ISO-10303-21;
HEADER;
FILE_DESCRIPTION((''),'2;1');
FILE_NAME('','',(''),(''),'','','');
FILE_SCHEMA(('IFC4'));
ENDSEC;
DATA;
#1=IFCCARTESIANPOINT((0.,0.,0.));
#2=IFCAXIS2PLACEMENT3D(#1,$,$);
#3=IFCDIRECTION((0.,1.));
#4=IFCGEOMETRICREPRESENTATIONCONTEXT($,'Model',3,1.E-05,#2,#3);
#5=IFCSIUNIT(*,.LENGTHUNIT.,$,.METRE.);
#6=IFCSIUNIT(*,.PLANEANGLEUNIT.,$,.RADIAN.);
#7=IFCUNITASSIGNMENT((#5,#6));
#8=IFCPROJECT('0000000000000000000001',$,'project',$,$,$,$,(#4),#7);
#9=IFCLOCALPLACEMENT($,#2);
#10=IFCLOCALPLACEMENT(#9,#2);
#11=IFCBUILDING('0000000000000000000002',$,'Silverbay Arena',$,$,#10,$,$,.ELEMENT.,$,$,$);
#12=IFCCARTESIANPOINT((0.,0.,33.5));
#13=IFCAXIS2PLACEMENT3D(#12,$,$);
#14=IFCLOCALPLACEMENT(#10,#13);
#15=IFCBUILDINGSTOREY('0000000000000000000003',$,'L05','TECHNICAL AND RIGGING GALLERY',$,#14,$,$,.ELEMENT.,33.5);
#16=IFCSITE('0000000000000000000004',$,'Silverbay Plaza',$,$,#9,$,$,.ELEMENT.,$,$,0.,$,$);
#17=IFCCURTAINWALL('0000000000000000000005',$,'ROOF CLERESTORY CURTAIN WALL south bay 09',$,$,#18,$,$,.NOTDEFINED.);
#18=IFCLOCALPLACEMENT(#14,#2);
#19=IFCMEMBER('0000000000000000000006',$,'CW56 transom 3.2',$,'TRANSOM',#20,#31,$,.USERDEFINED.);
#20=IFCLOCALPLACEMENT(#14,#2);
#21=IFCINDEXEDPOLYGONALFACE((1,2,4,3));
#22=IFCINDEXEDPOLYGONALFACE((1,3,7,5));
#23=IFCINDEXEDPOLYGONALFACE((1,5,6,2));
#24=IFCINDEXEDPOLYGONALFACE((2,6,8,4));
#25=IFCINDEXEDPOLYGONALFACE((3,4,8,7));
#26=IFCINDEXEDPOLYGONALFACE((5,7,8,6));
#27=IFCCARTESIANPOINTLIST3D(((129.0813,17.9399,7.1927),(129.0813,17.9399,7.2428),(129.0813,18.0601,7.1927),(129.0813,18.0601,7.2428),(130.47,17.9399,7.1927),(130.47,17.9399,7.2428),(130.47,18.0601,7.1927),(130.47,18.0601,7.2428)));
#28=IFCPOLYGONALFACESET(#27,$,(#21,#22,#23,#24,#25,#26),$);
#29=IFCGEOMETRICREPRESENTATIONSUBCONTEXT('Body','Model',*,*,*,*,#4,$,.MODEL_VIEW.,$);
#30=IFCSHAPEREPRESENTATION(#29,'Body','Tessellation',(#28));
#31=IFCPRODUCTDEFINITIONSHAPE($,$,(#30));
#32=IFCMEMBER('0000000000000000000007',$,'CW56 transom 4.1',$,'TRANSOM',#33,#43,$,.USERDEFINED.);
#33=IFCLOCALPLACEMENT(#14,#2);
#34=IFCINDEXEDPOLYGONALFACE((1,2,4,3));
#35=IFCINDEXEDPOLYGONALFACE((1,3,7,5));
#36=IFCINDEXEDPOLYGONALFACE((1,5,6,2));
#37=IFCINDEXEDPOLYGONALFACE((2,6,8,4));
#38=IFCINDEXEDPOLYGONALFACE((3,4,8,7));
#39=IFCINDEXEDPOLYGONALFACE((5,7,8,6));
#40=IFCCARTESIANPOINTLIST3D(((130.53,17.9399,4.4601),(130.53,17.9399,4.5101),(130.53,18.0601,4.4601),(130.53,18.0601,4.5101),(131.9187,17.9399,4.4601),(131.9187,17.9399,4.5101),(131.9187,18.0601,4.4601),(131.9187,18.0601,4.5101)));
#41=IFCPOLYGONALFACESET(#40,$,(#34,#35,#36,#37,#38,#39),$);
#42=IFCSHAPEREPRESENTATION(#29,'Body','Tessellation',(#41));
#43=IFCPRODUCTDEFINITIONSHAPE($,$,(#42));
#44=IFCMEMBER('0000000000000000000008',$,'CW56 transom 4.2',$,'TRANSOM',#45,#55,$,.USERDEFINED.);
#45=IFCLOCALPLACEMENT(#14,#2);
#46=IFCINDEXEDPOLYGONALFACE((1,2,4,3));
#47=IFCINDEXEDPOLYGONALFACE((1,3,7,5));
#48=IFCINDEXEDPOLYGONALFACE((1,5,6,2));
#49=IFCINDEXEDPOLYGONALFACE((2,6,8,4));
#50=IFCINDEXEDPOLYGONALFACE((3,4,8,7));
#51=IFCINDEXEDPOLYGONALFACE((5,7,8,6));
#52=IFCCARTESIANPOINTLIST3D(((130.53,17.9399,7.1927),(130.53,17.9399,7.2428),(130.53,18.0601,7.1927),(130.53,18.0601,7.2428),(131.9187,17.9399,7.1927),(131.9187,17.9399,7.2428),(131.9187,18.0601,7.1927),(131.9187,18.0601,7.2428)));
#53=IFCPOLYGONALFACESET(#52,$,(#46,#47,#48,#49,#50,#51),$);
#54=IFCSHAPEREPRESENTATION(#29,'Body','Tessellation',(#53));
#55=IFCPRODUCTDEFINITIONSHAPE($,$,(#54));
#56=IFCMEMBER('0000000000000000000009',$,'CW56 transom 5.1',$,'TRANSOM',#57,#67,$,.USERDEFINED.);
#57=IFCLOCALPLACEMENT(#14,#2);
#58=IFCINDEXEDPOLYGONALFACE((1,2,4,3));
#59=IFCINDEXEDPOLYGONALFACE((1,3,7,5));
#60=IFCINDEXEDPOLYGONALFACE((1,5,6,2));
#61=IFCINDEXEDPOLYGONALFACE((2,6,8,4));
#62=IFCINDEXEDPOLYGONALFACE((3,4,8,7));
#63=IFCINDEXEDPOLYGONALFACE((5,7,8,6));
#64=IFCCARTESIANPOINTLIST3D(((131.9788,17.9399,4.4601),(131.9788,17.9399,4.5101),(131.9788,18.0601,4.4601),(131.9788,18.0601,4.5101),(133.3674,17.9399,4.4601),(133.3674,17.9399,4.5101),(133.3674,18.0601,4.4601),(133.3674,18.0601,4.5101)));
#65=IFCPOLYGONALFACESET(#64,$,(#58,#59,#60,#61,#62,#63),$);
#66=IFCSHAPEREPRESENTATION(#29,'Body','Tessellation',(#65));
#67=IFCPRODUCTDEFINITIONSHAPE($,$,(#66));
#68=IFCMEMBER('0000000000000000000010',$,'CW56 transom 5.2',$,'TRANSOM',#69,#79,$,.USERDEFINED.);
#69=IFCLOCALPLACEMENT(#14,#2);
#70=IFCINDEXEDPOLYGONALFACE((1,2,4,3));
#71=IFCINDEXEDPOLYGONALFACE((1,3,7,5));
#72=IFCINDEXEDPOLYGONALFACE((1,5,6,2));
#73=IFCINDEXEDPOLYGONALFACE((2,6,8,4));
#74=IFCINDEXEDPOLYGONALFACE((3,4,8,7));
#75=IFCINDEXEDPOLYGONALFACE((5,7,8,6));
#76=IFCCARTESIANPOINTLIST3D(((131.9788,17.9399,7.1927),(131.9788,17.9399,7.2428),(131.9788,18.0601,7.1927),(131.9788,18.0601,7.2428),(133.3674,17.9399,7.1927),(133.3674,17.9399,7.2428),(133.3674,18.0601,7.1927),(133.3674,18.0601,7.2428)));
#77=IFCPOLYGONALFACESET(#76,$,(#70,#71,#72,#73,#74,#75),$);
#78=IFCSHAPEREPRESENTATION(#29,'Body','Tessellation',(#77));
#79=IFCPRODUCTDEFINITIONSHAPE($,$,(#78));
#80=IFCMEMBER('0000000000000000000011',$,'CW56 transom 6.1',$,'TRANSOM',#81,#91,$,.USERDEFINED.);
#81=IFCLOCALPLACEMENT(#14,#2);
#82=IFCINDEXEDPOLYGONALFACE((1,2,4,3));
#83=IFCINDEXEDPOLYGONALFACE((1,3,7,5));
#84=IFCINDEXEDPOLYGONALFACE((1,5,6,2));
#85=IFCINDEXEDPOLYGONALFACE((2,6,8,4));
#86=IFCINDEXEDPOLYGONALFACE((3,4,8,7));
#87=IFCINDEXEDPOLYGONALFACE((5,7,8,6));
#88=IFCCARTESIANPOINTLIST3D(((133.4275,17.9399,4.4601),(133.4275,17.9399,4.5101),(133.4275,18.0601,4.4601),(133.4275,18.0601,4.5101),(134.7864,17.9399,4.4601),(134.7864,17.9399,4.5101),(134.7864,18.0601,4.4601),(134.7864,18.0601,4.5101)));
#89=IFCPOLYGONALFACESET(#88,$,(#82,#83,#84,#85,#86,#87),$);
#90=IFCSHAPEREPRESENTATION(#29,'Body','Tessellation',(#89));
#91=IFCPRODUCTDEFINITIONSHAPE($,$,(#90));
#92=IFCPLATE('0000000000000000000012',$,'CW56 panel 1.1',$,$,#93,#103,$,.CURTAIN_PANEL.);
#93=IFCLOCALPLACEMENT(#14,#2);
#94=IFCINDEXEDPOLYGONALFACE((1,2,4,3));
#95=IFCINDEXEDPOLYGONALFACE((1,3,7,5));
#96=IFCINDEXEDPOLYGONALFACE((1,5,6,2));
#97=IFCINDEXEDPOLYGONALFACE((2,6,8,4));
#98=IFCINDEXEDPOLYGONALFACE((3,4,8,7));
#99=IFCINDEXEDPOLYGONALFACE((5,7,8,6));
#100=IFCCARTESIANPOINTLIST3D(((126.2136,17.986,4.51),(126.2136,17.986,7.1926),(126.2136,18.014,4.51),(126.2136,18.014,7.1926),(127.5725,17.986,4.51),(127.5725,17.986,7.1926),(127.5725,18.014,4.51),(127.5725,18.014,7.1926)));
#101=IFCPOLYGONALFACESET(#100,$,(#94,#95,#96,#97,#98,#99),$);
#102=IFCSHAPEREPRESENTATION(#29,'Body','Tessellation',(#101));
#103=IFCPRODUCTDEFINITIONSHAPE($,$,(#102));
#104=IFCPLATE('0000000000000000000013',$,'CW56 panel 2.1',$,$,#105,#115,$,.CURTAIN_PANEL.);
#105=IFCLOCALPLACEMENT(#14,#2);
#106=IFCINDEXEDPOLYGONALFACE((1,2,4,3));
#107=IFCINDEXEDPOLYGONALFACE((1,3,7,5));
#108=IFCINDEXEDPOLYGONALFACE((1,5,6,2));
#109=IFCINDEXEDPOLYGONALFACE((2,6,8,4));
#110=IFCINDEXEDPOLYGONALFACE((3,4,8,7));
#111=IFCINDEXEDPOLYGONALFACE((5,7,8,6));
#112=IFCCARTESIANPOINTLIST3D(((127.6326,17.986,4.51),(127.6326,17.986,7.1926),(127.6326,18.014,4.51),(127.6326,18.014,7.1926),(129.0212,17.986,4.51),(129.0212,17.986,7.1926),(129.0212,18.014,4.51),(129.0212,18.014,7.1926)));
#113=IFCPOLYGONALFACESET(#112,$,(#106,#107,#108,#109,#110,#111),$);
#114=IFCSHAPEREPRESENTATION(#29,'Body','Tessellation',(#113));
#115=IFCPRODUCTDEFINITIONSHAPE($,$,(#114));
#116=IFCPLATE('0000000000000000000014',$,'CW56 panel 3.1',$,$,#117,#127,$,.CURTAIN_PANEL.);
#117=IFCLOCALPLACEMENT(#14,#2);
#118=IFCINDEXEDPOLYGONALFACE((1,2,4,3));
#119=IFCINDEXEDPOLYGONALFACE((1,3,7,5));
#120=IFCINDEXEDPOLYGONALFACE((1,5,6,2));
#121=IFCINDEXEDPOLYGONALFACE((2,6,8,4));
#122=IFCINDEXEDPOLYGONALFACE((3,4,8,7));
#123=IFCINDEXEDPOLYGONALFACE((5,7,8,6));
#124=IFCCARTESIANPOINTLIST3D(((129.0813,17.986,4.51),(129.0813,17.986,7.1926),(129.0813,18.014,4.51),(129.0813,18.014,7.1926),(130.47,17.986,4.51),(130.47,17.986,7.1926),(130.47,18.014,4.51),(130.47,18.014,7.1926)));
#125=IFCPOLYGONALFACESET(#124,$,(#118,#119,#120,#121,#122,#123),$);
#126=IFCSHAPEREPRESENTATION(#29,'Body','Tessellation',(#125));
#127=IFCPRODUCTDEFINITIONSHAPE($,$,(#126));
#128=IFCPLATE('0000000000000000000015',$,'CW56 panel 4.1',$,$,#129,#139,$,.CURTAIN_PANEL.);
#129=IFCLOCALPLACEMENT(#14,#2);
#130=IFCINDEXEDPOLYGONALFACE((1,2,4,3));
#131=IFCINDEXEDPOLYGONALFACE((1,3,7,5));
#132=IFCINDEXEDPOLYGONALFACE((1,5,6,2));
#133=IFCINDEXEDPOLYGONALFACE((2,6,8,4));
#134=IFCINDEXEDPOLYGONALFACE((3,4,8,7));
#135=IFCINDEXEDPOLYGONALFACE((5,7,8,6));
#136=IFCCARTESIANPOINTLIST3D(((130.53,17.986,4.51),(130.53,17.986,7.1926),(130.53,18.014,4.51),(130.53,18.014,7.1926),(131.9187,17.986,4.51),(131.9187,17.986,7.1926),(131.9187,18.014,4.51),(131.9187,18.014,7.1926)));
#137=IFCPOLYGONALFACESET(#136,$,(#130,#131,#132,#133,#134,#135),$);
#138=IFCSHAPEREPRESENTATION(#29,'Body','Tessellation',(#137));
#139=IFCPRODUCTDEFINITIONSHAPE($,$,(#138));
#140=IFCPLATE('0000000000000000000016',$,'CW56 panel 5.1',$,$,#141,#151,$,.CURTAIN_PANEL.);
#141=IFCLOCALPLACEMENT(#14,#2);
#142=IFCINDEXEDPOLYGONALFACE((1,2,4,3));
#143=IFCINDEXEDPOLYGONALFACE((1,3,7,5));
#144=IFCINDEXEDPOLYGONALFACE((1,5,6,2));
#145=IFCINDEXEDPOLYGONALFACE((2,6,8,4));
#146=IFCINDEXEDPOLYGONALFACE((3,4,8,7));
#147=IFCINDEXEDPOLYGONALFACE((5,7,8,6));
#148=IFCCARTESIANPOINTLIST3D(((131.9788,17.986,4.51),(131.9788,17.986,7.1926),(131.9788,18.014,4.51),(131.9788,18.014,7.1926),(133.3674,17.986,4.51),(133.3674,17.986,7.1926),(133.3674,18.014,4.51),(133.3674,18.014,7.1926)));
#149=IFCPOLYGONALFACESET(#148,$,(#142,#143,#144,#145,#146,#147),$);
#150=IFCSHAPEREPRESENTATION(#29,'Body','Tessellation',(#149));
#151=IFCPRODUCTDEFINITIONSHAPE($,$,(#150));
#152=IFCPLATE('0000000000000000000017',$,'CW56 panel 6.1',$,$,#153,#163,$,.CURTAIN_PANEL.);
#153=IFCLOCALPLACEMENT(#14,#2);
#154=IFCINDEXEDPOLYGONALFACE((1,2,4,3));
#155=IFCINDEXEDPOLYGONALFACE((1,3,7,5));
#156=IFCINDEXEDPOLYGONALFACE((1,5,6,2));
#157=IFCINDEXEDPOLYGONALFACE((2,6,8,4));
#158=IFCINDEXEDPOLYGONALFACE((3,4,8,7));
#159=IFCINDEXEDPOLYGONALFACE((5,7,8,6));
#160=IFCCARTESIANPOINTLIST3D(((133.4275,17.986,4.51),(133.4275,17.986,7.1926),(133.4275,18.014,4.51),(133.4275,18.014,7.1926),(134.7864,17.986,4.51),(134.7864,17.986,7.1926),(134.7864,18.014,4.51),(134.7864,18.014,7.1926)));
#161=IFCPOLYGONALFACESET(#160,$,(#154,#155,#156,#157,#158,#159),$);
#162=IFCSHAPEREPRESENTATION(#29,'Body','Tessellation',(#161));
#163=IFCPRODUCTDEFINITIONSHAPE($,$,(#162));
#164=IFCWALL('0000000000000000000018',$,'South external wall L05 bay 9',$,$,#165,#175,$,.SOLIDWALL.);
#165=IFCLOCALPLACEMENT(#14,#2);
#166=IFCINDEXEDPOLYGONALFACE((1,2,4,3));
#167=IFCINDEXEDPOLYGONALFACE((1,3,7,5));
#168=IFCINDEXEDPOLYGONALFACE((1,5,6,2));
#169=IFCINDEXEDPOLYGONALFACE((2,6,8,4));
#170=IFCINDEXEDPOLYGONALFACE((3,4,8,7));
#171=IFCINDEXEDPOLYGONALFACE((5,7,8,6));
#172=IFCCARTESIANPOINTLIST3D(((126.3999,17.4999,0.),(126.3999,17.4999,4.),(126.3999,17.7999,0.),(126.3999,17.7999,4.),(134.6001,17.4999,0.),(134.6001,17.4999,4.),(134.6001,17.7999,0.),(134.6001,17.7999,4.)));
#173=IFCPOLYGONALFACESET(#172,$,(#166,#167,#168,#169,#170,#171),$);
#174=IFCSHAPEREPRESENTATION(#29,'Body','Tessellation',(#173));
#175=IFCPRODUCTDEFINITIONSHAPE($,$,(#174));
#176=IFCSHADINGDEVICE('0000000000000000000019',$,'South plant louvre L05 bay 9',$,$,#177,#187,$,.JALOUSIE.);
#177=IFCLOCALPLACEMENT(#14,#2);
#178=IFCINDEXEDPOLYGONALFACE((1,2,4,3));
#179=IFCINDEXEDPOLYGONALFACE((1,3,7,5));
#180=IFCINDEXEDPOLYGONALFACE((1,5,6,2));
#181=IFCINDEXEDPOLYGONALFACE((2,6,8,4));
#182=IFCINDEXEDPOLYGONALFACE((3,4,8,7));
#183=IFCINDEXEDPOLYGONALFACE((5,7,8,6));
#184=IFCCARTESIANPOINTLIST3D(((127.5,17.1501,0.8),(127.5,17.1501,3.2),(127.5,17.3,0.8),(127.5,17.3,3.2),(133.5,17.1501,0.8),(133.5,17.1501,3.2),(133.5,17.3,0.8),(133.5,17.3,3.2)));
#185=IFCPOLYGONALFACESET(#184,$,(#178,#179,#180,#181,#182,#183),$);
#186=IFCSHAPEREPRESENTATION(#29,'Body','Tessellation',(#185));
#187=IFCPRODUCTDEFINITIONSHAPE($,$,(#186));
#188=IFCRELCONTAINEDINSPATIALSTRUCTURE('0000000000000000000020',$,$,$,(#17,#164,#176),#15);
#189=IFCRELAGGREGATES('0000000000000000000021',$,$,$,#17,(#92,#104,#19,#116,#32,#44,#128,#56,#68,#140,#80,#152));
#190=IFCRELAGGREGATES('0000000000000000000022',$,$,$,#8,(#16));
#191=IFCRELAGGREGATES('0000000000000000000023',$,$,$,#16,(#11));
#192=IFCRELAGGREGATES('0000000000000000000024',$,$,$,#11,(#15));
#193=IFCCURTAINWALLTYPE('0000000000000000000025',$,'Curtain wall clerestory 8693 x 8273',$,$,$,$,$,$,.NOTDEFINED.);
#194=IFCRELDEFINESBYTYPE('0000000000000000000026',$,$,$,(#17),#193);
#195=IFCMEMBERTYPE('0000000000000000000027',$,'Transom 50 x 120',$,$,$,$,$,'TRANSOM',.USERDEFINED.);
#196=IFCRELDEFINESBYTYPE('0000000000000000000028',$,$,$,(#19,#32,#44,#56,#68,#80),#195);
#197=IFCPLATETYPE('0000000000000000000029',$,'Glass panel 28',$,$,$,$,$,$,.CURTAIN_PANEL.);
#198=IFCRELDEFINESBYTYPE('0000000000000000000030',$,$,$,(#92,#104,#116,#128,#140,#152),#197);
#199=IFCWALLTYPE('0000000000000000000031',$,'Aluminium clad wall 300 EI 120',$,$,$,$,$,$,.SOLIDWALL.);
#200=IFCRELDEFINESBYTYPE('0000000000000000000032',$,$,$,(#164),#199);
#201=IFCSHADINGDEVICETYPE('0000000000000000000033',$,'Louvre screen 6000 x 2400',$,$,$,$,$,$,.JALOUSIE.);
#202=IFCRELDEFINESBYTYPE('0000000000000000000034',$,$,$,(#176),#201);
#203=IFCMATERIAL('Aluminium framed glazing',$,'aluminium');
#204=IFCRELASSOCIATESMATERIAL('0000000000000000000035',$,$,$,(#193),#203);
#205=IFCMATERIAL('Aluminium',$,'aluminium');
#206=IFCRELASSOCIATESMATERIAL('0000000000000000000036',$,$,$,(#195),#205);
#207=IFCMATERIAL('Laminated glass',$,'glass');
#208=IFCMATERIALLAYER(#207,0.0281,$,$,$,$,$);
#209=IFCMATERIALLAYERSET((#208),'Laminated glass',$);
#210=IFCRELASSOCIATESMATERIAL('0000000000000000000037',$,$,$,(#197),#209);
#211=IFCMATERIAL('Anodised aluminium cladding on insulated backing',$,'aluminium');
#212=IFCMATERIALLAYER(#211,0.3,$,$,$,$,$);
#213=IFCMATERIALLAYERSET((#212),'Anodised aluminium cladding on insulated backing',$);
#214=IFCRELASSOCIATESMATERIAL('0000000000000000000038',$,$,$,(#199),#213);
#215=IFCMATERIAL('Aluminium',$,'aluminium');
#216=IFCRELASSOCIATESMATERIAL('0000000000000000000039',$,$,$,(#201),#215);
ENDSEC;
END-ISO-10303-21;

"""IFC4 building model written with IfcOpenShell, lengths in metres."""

from ifc_helpers import new_model, si_unit, direction, frame, frame_2d, origin, origin_2d, place, context, subcontext, project, spatial, rectangle, extrude, material, layer, layer_set, material_profile, profile_set, type_object, element, aggregate, save


model = new_model("IFC4")

# Units and contexts
model_context = context("Model", 3, precision=1e-05, world=origin(), true_north=direction((0.0, 1.0)))
body_context = subcontext(model_context, "Body", "Model", "MODEL_VIEW")
ifc_project = project(units=[si_unit("LENGTHUNIT", "METRE"), si_unit("PLANEANGLEUNIT", "RADIAN")], contexts=[model_context])

# Site, building, storey
site_placement = place(None, origin())
site = spatial("IfcSite", under=ifc_project, at=site_placement, Name="Silverbay Plaza", CompositionType="ELEMENT", RefElevation=0.0)
building_placement = place(site_placement, origin())
building = spatial("IfcBuilding", under=site, at=building_placement, Name="Silverbay Arena", CompositionType="ELEMENT")
storey_placement = place(building_placement, frame((0.0, 0.0, 33.5)))
storey = spatial("IfcBuildingStorey", under=building, at=storey_placement, Name="L05", Description="TECHNICAL AND RIGGING GALLERY", CompositionType="ELEMENT", Elevation=33.5)

# Curtain wall
ifc_material_1 = material(Name="Aluminium framed glazing", Category="aluminium")
curtain_wall_type = type_object("IfcCurtainWallType", Name="Curtain wall clerestory 8693 x 8273", PredefinedType="NOTDEFINED", material=ifc_material_1)
curtain_wall_placement = place(storey_placement, origin())
curtain_wall = element("IfcCurtainWall", 1, at=curtain_wall_placement, inside=storey, type_object=curtain_wall_type, Name="ROOF CLERESTORY CURTAIN WALL south bay 09", PredefinedType="NOTDEFINED")

# Members
ifc_material_2 = material(Name="Aluminium", Category="aluminium")
ifc_material_profile_1 = material_profile(ifc_material_2, rectangle(XDim=0.1201, YDim=0.05, at=origin_2d()), Name="Transom 50 x 120")
ifc_profile_set_1 = profile_set([ifc_material_profile_1], Name="Aluminium")
member_type_1 = type_object("IfcMemberType", Name="Transom 50 x 120", ElementType="TRANSOM", PredefinedType="USERDEFINED", material=ifc_profile_set_1)
member_1_placement = place(storey_placement, frame((129.0813, 18.0, 7.2178), z_axis=(1.0, 0.0, 0.0), x_axis=(0.0, 1.0, 0.0)))
member_1 = element("IfcMember", 2, at=member_1_placement, type_object=member_type_1, Name="CW56 transom 3.2", ObjectType="TRANSOM", PredefinedType="USERDEFINED", context=body_context, shape_type="SweptSolid", body=[
    extrude(rectangle(XDim=0.1201, YDim=0.05, at=origin_2d()), origin(), (0.0, 0.0, 1.0), 1.3887),
])
member_2_placement = place(storey_placement, frame((130.53, 18.0, 4.4851), z_axis=(1.0, 0.0, 0.0), x_axis=(0.0, 1.0, 0.0)))
member_2 = element("IfcMember", 3, at=member_2_placement, type_object=member_type_1, Name="CW56 transom 4.1", ObjectType="TRANSOM", PredefinedType="USERDEFINED", context=body_context, shape_type="SweptSolid", body=[
    extrude(rectangle(XDim=0.1201, YDim=0.05, at=origin_2d()), origin(), (0.0, 0.0, 1.0), 1.3887),
])
member_3_placement = place(storey_placement, frame((130.53, 18.0, 7.2178), z_axis=(1.0, 0.0, 0.0), x_axis=(0.0, 1.0, 0.0)))
member_3 = element("IfcMember", 4, at=member_3_placement, type_object=member_type_1, Name="CW56 transom 4.2", ObjectType="TRANSOM", PredefinedType="USERDEFINED", context=body_context, shape_type="SweptSolid", body=[
    extrude(rectangle(XDim=0.1201, YDim=0.05, at=origin_2d()), origin(), (0.0, 0.0, 1.0), 1.3887),
])
member_4_placement = place(storey_placement, frame((131.9788, 18.0, 4.4851), z_axis=(1.0, 0.0, 0.0), x_axis=(0.0, 1.0, 0.0)))
member_4 = element("IfcMember", 5, at=member_4_placement, type_object=member_type_1, Name="CW56 transom 5.1", ObjectType="TRANSOM", PredefinedType="USERDEFINED", context=body_context, shape_type="SweptSolid", body=[
    extrude(rectangle(XDim=0.1201, YDim=0.05, at=origin_2d()), origin(), (0.0, 0.0, 1.0), 1.3887),
])
member_5_placement = place(storey_placement, frame((131.9788, 18.0, 7.2178), z_axis=(1.0, 0.0, 0.0), x_axis=(0.0, 1.0, 0.0)))
member_5 = element("IfcMember", 6, at=member_5_placement, type_object=member_type_1, Name="CW56 transom 5.2", ObjectType="TRANSOM", PredefinedType="USERDEFINED", context=body_context, shape_type="SweptSolid", body=[
    extrude(rectangle(XDim=0.1201, YDim=0.05, at=origin_2d()), origin(), (0.0, 0.0, 1.0), 1.3887),
])
member_6_placement = place(storey_placement, frame((133.4275, 18.0, 4.4851), z_axis=(1.0, 0.0, 0.0), x_axis=(0.0, 1.0, 0.0)))
member_6 = element("IfcMember", 7, at=member_6_placement, type_object=member_type_1, Name="CW56 transom 6.1", ObjectType="TRANSOM", PredefinedType="USERDEFINED", context=body_context, shape_type="SweptSolid", body=[
    extrude(rectangle(XDim=0.1201, YDim=0.05, at=origin_2d()), origin(), (0.0, 0.0, 1.0), 1.3589),
])

# Plates
ifc_material_3 = material(Name="Laminated glass", Category="glass")
ifc_layer_1 = layer(ifc_material_3, 0.0281)
ifc_layer_set_1 = layer_set([ifc_layer_1], Name="Laminated glass")
plate_type = type_object("IfcPlateType", Name="Glass panel 28", PredefinedType="CURTAIN_PANEL", material=ifc_layer_set_1)
plate_1_placement = place(storey_placement, frame((126.8931, 18.0, 4.51), z_axis=(0.0, 0.0, 1.0), x_axis=(1.0, 0.0, 0.0)))
plate_1 = element("IfcPlate", 8, at=plate_1_placement, type_object=plate_type, Name="CW56 panel 1.1", PredefinedType="CURTAIN_PANEL", context=body_context, shape_type="SweptSolid", body=[
    extrude(rectangle(XDim=1.3589, YDim=0.0281, at=origin_2d()), origin(), (0.0, 0.0, 1.0), 2.6826),
])
plate_2_placement = place(storey_placement, frame((128.3269, 18.0, 4.51), z_axis=(0.0, 0.0, 1.0), x_axis=(1.0, 0.0, 0.0)))
plate_2 = element("IfcPlate", 9, at=plate_2_placement, type_object=plate_type, Name="CW56 panel 2.1", PredefinedType="CURTAIN_PANEL", context=body_context, shape_type="SweptSolid", body=[
    extrude(rectangle(XDim=1.3887, YDim=0.0281, at=origin_2d()), origin(), (0.0, 0.0, 1.0), 2.6826),
])
plate_3_placement = place(storey_placement, frame((129.7756, 18.0, 4.51), z_axis=(0.0, 0.0, 1.0), x_axis=(1.0, 0.0, 0.0)))
plate_3 = element("IfcPlate", 10, at=plate_3_placement, type_object=plate_type, Name="CW56 panel 3.1", PredefinedType="CURTAIN_PANEL", context=body_context, shape_type="SweptSolid", body=[
    extrude(rectangle(XDim=1.3887, YDim=0.0281, at=origin_2d()), origin(), (0.0, 0.0, 1.0), 2.6826),
])
plate_4_placement = place(storey_placement, frame((131.2244, 18.0, 4.51), z_axis=(0.0, 0.0, 1.0), x_axis=(1.0, 0.0, 0.0)))
plate_4 = element("IfcPlate", 11, at=plate_4_placement, type_object=plate_type, Name="CW56 panel 4.1", PredefinedType="CURTAIN_PANEL", context=body_context, shape_type="SweptSolid", body=[
    extrude(rectangle(XDim=1.3887, YDim=0.0281, at=origin_2d()), origin(), (0.0, 0.0, 1.0), 2.6826),
])
plate_5_placement = place(storey_placement, frame((132.6731, 18.0, 4.51), z_axis=(0.0, 0.0, 1.0), x_axis=(1.0, 0.0, 0.0)))
plate_5 = element("IfcPlate", 12, at=plate_5_placement, type_object=plate_type, Name="CW56 panel 5.1", PredefinedType="CURTAIN_PANEL", context=body_context, shape_type="SweptSolid", body=[
    extrude(rectangle(XDim=1.3887, YDim=0.0281, at=origin_2d()), origin(), (0.0, 0.0, 1.0), 2.6826),
])
plate_6_placement = place(storey_placement, frame((134.1069, 18.0, 4.51), z_axis=(0.0, 0.0, 1.0), x_axis=(1.0, 0.0, 0.0)))
plate_6 = element("IfcPlate", 13, at=plate_6_placement, type_object=plate_type, Name="CW56 panel 6.1", PredefinedType="CURTAIN_PANEL", context=body_context, shape_type="SweptSolid", body=[
    extrude(rectangle(XDim=1.3589, YDim=0.0281, at=origin_2d()), origin(), (0.0, 0.0, 1.0), 2.6826),
])
aggregate(curtain_wall, [plate_1, plate_2, member_1, plate_3, member_2, member_3, plate_4, member_4, member_5, plate_5, member_6, plate_6])

# Wall
ifc_material_4 = material(Name="Anodised aluminium cladding on insulated backing", Category="aluminium")
ifc_layer_2 = layer(ifc_material_4, 0.3)
ifc_layer_set_2 = layer_set([ifc_layer_2], Name="Anodised aluminium cladding on insulated backing")
wall_type = type_object("IfcWallType", Name="Aluminium clad wall 300 EI 120", PredefinedType="SOLIDWALL", material=ifc_layer_set_2)
wall_placement = place(storey_placement, frame((126.3999, 17.6499, 0.0), z_axis=(0.0, 0.0, 1.0), x_axis=(1.0, 0.0, 0.0)))
element("IfcWall", 14, at=wall_placement, inside=storey, type_object=wall_type, Name="South external wall L05 bay 9", PredefinedType="SOLIDWALL", context=body_context, shape_type="SweptSolid", body=[
    extrude(rectangle(XDim=8.2002, YDim=0.3, at=frame_2d((4.1001, 0.0))), origin(), (0.0, 0.0, 1.0), 4.0),
])

# Shading device
ifc_material_5 = material(Name="Aluminium", Category="aluminium")
shading_device_type = type_object("IfcShadingDeviceType", Name="Louvre screen 6000 x 2400", PredefinedType="JALOUSIE", material=ifc_material_5)
shading_device_placement = place(storey_placement, frame((130.5, 17.2251, 0.8), z_axis=(0.0, 0.0, 1.0), x_axis=(1.0, 0.0, 0.0)))
element("IfcShadingDevice", 15, at=shading_device_placement, inside=storey, type_object=shading_device_type, Name="South plant louvre L05 bay 9", PredefinedType="JALOUSIE", context=body_context, shape_type="SweptSolid", body=[
    extrude(rectangle(XDim=6.0, YDim=0.1499, at=origin_2d()), origin(), (0.0, 0.0, 1.0), 2.3999),
])

save(model, "model.ifc")
